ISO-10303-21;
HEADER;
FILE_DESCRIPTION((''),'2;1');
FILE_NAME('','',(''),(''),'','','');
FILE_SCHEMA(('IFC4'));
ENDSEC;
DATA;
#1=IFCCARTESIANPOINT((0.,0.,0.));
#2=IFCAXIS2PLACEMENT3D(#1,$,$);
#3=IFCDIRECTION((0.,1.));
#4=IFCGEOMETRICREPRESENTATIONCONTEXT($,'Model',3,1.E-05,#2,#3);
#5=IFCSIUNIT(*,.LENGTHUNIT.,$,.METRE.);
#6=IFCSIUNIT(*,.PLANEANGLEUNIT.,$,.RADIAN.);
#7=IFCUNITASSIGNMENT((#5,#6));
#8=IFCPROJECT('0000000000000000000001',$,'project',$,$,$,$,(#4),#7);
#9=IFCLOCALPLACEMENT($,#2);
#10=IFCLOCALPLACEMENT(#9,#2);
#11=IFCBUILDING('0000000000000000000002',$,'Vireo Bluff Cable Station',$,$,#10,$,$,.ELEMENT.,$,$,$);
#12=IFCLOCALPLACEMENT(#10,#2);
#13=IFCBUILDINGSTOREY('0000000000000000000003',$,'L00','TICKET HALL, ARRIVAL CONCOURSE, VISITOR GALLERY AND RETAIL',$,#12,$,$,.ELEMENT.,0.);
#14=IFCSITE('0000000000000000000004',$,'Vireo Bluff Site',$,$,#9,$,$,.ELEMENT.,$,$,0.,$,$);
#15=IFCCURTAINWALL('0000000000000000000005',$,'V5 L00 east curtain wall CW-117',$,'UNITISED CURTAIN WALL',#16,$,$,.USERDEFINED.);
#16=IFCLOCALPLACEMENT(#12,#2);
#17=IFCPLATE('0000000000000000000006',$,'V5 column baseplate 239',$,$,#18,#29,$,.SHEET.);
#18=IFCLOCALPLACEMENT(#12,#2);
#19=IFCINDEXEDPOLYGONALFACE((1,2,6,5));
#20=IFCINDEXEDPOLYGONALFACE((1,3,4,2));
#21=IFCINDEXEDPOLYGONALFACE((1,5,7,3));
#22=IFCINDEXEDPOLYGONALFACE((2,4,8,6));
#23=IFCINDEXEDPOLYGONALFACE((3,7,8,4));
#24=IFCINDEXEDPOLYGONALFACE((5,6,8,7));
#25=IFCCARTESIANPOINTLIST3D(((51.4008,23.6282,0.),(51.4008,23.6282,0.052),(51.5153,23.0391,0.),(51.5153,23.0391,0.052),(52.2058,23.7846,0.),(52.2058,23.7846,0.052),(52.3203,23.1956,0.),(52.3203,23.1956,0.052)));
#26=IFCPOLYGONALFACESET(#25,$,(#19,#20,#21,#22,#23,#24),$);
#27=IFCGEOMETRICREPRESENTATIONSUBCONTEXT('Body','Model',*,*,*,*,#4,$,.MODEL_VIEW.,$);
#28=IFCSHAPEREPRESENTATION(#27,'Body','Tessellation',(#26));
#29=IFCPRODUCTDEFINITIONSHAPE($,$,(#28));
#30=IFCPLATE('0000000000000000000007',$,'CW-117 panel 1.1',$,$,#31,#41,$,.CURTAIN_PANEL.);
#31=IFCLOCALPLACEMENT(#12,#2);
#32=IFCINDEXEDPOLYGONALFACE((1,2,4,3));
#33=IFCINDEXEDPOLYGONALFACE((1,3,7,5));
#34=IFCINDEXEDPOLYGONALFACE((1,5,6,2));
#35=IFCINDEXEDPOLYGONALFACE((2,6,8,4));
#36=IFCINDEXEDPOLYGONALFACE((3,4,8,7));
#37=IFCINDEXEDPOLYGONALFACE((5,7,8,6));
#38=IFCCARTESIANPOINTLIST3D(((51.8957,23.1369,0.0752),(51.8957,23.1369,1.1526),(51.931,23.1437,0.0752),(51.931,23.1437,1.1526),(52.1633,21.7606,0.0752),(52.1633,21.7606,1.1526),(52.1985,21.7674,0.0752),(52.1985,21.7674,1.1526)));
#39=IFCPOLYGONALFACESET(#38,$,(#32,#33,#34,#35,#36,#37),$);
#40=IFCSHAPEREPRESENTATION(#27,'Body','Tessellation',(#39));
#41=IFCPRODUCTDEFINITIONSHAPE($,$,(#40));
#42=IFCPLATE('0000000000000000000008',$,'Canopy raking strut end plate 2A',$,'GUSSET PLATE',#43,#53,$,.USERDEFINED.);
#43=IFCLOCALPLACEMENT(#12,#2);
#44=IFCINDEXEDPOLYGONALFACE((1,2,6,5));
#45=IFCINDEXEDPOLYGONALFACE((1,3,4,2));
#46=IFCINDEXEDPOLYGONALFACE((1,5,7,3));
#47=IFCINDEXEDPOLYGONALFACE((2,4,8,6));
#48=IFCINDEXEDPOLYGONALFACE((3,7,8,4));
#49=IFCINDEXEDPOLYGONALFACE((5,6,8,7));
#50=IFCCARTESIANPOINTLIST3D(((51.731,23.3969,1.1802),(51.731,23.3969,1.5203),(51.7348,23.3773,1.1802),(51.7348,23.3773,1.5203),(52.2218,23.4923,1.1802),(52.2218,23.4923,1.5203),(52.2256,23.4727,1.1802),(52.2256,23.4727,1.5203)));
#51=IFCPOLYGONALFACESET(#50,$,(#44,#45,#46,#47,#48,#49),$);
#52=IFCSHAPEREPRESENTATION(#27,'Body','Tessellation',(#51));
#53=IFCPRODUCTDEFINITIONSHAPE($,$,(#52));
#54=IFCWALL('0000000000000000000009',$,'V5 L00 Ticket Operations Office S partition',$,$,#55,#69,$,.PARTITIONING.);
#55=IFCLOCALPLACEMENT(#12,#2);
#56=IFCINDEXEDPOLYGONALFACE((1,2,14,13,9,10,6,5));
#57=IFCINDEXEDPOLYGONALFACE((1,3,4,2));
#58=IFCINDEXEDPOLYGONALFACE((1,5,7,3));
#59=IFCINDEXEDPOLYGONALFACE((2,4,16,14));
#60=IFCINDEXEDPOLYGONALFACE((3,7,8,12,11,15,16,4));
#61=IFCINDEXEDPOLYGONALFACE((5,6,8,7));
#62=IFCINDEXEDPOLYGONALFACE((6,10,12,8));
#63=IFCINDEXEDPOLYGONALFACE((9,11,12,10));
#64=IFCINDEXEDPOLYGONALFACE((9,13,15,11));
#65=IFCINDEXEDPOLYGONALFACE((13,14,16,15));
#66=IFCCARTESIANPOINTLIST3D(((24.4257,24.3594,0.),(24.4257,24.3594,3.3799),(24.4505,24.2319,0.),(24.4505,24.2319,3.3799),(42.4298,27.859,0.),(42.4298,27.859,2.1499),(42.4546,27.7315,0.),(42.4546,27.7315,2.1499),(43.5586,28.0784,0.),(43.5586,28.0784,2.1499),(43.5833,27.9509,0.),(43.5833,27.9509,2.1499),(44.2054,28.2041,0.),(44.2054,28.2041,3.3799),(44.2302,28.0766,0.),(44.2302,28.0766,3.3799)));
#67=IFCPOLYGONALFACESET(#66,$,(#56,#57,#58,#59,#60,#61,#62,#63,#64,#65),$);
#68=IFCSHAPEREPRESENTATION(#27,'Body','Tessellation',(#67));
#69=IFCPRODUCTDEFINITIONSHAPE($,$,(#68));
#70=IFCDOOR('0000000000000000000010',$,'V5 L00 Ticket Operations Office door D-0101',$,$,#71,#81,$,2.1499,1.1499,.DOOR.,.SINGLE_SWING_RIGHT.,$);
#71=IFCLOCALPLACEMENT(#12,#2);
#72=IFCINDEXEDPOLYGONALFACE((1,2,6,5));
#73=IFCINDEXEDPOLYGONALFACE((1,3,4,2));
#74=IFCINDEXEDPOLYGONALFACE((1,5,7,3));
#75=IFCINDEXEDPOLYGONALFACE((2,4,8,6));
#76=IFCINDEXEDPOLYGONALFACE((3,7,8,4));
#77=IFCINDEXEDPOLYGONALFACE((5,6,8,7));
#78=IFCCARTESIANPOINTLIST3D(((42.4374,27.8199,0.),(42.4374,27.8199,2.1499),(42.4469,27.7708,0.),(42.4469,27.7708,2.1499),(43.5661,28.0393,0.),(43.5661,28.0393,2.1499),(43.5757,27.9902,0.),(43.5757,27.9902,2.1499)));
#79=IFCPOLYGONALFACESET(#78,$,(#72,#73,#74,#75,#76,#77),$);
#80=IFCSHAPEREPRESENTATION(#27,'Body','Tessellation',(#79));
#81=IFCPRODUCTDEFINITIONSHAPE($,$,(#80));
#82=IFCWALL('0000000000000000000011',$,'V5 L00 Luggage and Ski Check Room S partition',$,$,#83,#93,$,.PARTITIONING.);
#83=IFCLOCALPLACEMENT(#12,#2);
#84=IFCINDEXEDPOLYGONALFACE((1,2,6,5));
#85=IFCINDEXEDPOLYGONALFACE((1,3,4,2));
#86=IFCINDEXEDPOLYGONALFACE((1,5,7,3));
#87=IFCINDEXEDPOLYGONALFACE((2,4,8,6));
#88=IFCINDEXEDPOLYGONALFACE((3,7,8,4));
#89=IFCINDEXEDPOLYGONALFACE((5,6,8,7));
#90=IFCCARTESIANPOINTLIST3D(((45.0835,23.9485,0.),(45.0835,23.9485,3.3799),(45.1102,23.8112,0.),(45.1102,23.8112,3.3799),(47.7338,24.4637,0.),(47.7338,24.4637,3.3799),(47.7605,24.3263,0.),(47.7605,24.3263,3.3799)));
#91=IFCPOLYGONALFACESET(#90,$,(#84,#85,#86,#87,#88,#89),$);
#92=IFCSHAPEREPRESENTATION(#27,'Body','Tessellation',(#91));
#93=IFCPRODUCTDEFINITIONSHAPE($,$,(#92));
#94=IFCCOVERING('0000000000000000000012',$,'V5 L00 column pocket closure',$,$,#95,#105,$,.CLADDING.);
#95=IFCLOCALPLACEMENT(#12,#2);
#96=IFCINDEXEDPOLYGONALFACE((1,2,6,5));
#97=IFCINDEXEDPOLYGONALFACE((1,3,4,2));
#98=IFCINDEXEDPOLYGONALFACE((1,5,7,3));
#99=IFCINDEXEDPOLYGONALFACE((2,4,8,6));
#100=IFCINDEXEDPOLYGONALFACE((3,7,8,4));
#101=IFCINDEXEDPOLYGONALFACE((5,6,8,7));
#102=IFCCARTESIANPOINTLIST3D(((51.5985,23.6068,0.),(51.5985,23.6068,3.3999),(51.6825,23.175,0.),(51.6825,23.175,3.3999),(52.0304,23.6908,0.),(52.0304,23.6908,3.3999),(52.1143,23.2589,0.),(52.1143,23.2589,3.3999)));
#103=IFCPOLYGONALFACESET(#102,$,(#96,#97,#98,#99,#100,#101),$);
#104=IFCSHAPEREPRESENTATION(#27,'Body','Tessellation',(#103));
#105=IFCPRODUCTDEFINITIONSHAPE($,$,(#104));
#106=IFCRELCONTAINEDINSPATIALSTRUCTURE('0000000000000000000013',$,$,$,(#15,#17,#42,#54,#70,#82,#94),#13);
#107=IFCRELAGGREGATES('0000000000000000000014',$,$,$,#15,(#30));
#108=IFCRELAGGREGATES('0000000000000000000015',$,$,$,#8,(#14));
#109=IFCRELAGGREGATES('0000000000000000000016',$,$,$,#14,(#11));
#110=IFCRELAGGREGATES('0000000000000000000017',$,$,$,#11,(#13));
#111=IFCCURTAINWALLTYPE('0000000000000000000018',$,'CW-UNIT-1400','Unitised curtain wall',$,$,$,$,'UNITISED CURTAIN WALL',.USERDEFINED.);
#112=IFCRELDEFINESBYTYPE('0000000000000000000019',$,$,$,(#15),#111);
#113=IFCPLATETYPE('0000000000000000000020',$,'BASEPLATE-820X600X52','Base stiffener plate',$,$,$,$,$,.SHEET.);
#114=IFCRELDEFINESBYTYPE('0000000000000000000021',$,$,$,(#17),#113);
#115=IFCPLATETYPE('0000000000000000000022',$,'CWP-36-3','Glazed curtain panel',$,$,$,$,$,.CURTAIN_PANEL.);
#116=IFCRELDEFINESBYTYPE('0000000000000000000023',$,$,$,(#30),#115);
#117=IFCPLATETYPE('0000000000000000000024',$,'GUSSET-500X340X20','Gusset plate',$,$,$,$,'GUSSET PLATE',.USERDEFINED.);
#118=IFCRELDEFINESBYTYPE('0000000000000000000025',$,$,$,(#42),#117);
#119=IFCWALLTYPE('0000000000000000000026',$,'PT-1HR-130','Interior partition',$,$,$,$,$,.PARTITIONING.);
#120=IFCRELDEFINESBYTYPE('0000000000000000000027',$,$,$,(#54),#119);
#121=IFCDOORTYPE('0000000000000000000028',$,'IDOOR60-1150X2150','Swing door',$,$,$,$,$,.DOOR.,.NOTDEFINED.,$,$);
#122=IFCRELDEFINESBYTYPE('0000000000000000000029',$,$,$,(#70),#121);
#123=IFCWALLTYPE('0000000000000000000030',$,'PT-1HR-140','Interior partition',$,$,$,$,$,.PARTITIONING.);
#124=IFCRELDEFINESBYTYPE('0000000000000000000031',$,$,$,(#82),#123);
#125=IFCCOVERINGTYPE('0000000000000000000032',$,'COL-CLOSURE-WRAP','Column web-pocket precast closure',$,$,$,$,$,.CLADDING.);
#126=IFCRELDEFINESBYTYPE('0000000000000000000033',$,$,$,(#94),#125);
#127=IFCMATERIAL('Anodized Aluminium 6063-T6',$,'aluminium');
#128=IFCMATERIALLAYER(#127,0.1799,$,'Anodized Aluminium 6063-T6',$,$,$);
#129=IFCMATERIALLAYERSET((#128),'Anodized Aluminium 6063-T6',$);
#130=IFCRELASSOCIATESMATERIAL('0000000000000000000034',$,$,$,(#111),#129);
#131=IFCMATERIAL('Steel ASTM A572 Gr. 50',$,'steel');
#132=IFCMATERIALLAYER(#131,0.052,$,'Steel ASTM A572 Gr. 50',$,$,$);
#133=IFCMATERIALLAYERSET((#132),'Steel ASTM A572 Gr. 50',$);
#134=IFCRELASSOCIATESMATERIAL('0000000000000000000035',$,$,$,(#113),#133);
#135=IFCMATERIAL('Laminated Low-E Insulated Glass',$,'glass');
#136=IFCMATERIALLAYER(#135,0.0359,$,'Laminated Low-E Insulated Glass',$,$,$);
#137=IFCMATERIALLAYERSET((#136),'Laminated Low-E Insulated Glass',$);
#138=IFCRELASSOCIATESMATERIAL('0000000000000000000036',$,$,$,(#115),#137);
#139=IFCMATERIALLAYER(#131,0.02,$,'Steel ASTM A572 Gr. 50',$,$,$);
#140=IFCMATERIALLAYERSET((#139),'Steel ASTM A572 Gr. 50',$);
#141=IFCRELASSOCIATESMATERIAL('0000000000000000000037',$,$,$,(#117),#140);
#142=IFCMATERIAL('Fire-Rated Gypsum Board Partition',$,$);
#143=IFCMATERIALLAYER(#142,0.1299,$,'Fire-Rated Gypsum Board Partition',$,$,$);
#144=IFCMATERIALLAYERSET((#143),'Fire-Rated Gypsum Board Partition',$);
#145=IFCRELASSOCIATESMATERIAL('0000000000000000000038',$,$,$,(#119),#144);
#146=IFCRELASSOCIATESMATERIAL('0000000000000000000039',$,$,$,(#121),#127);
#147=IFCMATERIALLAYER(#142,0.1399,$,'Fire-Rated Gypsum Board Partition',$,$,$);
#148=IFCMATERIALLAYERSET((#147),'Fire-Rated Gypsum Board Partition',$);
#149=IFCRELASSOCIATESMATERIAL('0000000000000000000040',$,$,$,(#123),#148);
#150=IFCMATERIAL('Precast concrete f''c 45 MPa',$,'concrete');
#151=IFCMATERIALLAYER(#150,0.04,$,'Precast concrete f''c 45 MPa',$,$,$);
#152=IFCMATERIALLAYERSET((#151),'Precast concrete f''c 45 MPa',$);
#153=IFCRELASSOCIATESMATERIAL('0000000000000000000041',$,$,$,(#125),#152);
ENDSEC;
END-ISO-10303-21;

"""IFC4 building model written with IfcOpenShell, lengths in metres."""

from ifc_helpers import new_model, si_unit, direction, frame, frame_2d, origin, origin_with_axes, origin_2d, place, context, subcontext, project, spatial, rectangle, extrude, material, layer, layer_set, type_object, element, fill, aggregate, save


model = new_model("IFC4")

# Units and contexts
model_context = context("Model", 3, precision=1e-05, world=origin(), true_north=direction((0.0, 1.0)))
body_context = subcontext(model_context, "Body", "Model", "MODEL_VIEW")
ifc_project = project(units=[si_unit("LENGTHUNIT", "METRE"), si_unit("PLANEANGLEUNIT", "RADIAN")], contexts=[model_context])

# Site, building, storey
site_placement = place(None, origin())
site = spatial("IfcSite", under=ifc_project, at=site_placement, Name="Vireo Bluff Site", CompositionType="ELEMENT", RefElevation=0.0)
building_placement = place(site_placement, origin())
building = spatial("IfcBuilding", under=site, at=building_placement, Name="Vireo Bluff Cable Station", CompositionType="ELEMENT")
storey_placement = place(building_placement, origin())
storey = spatial("IfcBuildingStorey", under=building, at=storey_placement, Name="L00", Description="TICKET HALL, ARRIVAL CONCOURSE, VISITOR GALLERY AND RETAIL", CompositionType="ELEMENT", Elevation=0.0)

# Curtain wall
ifc_material_1 = material(Name="Anodized Aluminium 6063-T6", Category="aluminium")
ifc_layer_1 = layer(ifc_material_1, 0.1799, Name="Anodized Aluminium 6063-T6")
ifc_layer_set_1 = layer_set([ifc_layer_1], Name="Anodized Aluminium 6063-T6")
curtain_wall_type = type_object("IfcCurtainWallType", Name="CW-UNIT-1400", Description="Unitised curtain wall", ElementType="UNITISED CURTAIN WALL", PredefinedType="USERDEFINED", material=ifc_layer_set_1)
curtain_wall_placement = place(storey_placement, origin())
curtain_wall = element("IfcCurtainWall", 1, at=curtain_wall_placement, inside=storey, type_object=curtain_wall_type, Name="V5 L00 east curtain wall CW-117", ObjectType="UNITISED CURTAIN WALL", PredefinedType="USERDEFINED")

# Plates
ifc_material_2 = material(Name="Steel ASTM A572 Gr. 50", Category="steel")
ifc_layer_2 = layer(ifc_material_2, 0.052, Name="Steel ASTM A572 Gr. 50")
ifc_layer_set_2 = layer_set([ifc_layer_2], Name="Steel ASTM A572 Gr. 50")
plate_type_1 = type_object("IfcPlateType", Name="BASEPLATE-820X600X52", Description="Base stiffener plate", PredefinedType="SHEET", material=ifc_layer_set_2)
plate_1_placement = place(storey_placement, frame((51.8606, 23.4119, 0.0), z_axis=(0.0, 0.0, 1.0), x_axis=(0.981627, 0.190809, 0.0)))
element("IfcPlate", 2, at=plate_1_placement, inside=storey, type_object=plate_type_1, Name="V5 column baseplate 239", PredefinedType="SHEET", context=body_context, shape_type="SweptSolid", body=[
    extrude(rectangle(XDim=0.8201, YDim=0.6001, at=origin_2d()), origin(), (0.0, 0.0, 1.0), 0.052),
])
ifc_material_3 = material(Name="Laminated Low-E Insulated Glass", Category="glass")
ifc_layer_3 = layer(ifc_material_3, 0.0359, Name="Laminated Low-E Insulated Glass")
ifc_layer_set_3 = layer_set([ifc_layer_3], Name="Laminated Low-E Insulated Glass")
plate_type_2 = type_object("IfcPlateType", Name="CWP-36-3", Description="Glazed curtain panel", PredefinedType="CURTAIN_PANEL", material=ifc_layer_set_3)
plate_2_placement = place(storey_placement, frame((52.0471, 22.4521, 0.0752), z_axis=(0.0, 0.0, 1.0), x_axis=(0.190809, -0.981627, 0.0)))
plate_2 = element("IfcPlate", 3, at=plate_2_placement, type_object=plate_type_2, Name="CW-117 panel 1.1", PredefinedType="CURTAIN_PANEL", context=body_context, shape_type="SweptSolid", body=[
    extrude(rectangle(XDim=1.4021, YDim=0.0359, at=origin_2d()), origin(), (0.0, 0.0, 1.0), 1.0774),
])
aggregate(curtain_wall, [plate_2])
ifc_layer_4 = layer(ifc_material_2, 0.02, Name="Steel ASTM A572 Gr. 50")
ifc_layer_set_4 = layer_set([ifc_layer_4], Name="Steel ASTM A572 Gr. 50")
plate_type_3 = type_object("IfcPlateType", Name="GUSSET-500X340X20", Description="Gusset plate", ElementType="GUSSET PLATE", PredefinedType="USERDEFINED", material=ifc_layer_set_4)
plate_3_placement = place(storey_placement, frame((51.9783, 23.4348, 1.1802), z_axis=(0.0, 0.0, 1.0), x_axis=(0.981627, 0.190809, 0.0)))
element("IfcPlate", 4, at=plate_3_placement, inside=storey, type_object=plate_type_3, Name="Canopy raking strut end plate 2A", ObjectType="GUSSET PLATE", PredefinedType="USERDEFINED", context=body_context, shape_type="SweptSolid", body=[
    extrude(rectangle(XDim=0.5, YDim=0.02, at=origin_2d()), origin(), (0.0, 0.0, 1.0), 0.3401),
])

# Wall, opening, door
ifc_material_4 = material(Name="Fire-Rated Gypsum Board Partition")
ifc_layer_5 = layer(ifc_material_4, 0.1299, Name="Fire-Rated Gypsum Board Partition")
ifc_layer_set_5 = layer_set([ifc_layer_5], Name="Fire-Rated Gypsum Board Partition")
wall_type_1 = type_object("IfcWallType", Name="PT-1HR-130", Description="Interior partition", PredefinedType="PARTITIONING", material=ifc_layer_set_5)
wall_1_placement = place(storey_placement, frame((44.2178, 28.1404, 0.0), z_axis=(0.0, 0.0, 1.0), x_axis=(-0.981628, -0.190805, 0.0)))
wall_1 = element("IfcWall", 5, at=wall_1_placement, inside=storey, type_object=wall_type_1, Name="V5 L00 Ticket Operations Office S partition", PredefinedType="PARTITIONING", context=body_context, shape_type="SweptSolid", body=[
    extrude(rectangle(XDim=20.1499, YDim=0.1299, at=frame_2d((10.075, 0.0))), origin(), (0.0, 0.0, 1.0), 3.3799),
])
opening_1_placement = place(wall_1_placement, frame((0.6589, 0.0, 0.0)))
opening_1 = element("IfcOpeningElement", 6, at=opening_1_placement, cuts=wall_1, PredefinedType="OPENING", context=body_context, shape_type="SweptSolid", body=[
    extrude(rectangle(XDim=1.1499, YDim=2.1499, at=frame_2d((0.575, 1.075))), frame((0.0, 0.075, 0.0), z_axis=(0.0, -1.0, 0.0), x_axis=(1.0, 0.0, 0.0)), (0.0, 0.0, 1.0), 0.1499),
])
door_type_1 = type_object("IfcDoorType", Name="IDOOR60-1150X2150", Description="Swing door", OperationType="NOTDEFINED", PredefinedType="DOOR", material=ifc_material_1)
door_1_placement = place(opening_1_placement, origin_with_axes())
door_1 = element("IfcDoor", 7, at=door_1_placement, inside=storey, type_object=door_type_1, Name="V5 L00 Ticket Operations Office door D-0101", OperationType="SINGLE_SWING_RIGHT", OverallHeight=2.1499, OverallWidth=1.1499, PredefinedType="DOOR", context=body_context, shape_type="SweptSolid", body=[
    extrude(rectangle(XDim=1.1499, YDim=2.1499, at=frame_2d((0.575, 1.075))), frame((0.0, 0.0249, 0.0), z_axis=(0.0, -1.0, 0.0), x_axis=(1.0, 0.0, 0.0)), (0.0, 0.0, 1.0), 0.05),
])
fill(opening_1, door_1)

# Wall
ifc_layer_6 = layer(ifc_material_4, 0.1399, Name="Fire-Rated Gypsum Board Partition")
ifc_layer_set_6 = layer_set([ifc_layer_6], Name="Fire-Rated Gypsum Board Partition")
wall_type_2 = type_object("IfcWallType", Name="PT-1HR-140", Description="Interior partition", PredefinedType="PARTITIONING", material=ifc_layer_set_6)
wall_2_placement = place(storey_placement, frame((47.7473, 24.395, 0.0), z_axis=(0.0, 0.0, 1.0), x_axis=(-0.98163, -0.190792, 0.0)))
element("IfcWall", 8, at=wall_2_placement, inside=storey, type_object=wall_type_2, Name="V5 L00 Luggage and Ski Check Room S partition", PredefinedType="PARTITIONING", context=body_context, shape_type="SweptSolid", body=[
    extrude(rectangle(XDim=2.7, YDim=0.1399, at=frame_2d((1.3501, 0.0))), origin(), (0.0, 0.0, 1.0), 3.3799),
])

# Covering
ifc_material_5 = material(Name="Precast concrete f'c 45 MPa", Category="concrete")
ifc_layer_7 = layer(ifc_material_5, 0.04, Name="Precast concrete f'c 45 MPa")
ifc_layer_set_7 = layer_set([ifc_layer_7], Name="Precast concrete f'c 45 MPa")
covering_type = type_object("IfcCoveringType", Name="COL-CLOSURE-WRAP", Description="Column web-pocket precast closure", PredefinedType="CLADDING", material=ifc_layer_set_7)
covering_placement = place(storey_placement, frame((51.8564, 23.4329, 0.0), z_axis=(0.0, 0.0, 1.0), x_axis=(0.981627, 0.190809, 0.0)))
element("IfcCovering", 9, at=covering_placement, inside=storey, type_object=covering_type, Name="V5 L00 column pocket closure", PredefinedType="CLADDING", context=body_context, shape_type="SweptSolid", body=[
    extrude(rectangle(XDim=0.4399, YDim=0.4399, at=origin_2d()), origin(), (0.0, 0.0, 1.0), 3.3999),
])

save(model, "model.ifc")
